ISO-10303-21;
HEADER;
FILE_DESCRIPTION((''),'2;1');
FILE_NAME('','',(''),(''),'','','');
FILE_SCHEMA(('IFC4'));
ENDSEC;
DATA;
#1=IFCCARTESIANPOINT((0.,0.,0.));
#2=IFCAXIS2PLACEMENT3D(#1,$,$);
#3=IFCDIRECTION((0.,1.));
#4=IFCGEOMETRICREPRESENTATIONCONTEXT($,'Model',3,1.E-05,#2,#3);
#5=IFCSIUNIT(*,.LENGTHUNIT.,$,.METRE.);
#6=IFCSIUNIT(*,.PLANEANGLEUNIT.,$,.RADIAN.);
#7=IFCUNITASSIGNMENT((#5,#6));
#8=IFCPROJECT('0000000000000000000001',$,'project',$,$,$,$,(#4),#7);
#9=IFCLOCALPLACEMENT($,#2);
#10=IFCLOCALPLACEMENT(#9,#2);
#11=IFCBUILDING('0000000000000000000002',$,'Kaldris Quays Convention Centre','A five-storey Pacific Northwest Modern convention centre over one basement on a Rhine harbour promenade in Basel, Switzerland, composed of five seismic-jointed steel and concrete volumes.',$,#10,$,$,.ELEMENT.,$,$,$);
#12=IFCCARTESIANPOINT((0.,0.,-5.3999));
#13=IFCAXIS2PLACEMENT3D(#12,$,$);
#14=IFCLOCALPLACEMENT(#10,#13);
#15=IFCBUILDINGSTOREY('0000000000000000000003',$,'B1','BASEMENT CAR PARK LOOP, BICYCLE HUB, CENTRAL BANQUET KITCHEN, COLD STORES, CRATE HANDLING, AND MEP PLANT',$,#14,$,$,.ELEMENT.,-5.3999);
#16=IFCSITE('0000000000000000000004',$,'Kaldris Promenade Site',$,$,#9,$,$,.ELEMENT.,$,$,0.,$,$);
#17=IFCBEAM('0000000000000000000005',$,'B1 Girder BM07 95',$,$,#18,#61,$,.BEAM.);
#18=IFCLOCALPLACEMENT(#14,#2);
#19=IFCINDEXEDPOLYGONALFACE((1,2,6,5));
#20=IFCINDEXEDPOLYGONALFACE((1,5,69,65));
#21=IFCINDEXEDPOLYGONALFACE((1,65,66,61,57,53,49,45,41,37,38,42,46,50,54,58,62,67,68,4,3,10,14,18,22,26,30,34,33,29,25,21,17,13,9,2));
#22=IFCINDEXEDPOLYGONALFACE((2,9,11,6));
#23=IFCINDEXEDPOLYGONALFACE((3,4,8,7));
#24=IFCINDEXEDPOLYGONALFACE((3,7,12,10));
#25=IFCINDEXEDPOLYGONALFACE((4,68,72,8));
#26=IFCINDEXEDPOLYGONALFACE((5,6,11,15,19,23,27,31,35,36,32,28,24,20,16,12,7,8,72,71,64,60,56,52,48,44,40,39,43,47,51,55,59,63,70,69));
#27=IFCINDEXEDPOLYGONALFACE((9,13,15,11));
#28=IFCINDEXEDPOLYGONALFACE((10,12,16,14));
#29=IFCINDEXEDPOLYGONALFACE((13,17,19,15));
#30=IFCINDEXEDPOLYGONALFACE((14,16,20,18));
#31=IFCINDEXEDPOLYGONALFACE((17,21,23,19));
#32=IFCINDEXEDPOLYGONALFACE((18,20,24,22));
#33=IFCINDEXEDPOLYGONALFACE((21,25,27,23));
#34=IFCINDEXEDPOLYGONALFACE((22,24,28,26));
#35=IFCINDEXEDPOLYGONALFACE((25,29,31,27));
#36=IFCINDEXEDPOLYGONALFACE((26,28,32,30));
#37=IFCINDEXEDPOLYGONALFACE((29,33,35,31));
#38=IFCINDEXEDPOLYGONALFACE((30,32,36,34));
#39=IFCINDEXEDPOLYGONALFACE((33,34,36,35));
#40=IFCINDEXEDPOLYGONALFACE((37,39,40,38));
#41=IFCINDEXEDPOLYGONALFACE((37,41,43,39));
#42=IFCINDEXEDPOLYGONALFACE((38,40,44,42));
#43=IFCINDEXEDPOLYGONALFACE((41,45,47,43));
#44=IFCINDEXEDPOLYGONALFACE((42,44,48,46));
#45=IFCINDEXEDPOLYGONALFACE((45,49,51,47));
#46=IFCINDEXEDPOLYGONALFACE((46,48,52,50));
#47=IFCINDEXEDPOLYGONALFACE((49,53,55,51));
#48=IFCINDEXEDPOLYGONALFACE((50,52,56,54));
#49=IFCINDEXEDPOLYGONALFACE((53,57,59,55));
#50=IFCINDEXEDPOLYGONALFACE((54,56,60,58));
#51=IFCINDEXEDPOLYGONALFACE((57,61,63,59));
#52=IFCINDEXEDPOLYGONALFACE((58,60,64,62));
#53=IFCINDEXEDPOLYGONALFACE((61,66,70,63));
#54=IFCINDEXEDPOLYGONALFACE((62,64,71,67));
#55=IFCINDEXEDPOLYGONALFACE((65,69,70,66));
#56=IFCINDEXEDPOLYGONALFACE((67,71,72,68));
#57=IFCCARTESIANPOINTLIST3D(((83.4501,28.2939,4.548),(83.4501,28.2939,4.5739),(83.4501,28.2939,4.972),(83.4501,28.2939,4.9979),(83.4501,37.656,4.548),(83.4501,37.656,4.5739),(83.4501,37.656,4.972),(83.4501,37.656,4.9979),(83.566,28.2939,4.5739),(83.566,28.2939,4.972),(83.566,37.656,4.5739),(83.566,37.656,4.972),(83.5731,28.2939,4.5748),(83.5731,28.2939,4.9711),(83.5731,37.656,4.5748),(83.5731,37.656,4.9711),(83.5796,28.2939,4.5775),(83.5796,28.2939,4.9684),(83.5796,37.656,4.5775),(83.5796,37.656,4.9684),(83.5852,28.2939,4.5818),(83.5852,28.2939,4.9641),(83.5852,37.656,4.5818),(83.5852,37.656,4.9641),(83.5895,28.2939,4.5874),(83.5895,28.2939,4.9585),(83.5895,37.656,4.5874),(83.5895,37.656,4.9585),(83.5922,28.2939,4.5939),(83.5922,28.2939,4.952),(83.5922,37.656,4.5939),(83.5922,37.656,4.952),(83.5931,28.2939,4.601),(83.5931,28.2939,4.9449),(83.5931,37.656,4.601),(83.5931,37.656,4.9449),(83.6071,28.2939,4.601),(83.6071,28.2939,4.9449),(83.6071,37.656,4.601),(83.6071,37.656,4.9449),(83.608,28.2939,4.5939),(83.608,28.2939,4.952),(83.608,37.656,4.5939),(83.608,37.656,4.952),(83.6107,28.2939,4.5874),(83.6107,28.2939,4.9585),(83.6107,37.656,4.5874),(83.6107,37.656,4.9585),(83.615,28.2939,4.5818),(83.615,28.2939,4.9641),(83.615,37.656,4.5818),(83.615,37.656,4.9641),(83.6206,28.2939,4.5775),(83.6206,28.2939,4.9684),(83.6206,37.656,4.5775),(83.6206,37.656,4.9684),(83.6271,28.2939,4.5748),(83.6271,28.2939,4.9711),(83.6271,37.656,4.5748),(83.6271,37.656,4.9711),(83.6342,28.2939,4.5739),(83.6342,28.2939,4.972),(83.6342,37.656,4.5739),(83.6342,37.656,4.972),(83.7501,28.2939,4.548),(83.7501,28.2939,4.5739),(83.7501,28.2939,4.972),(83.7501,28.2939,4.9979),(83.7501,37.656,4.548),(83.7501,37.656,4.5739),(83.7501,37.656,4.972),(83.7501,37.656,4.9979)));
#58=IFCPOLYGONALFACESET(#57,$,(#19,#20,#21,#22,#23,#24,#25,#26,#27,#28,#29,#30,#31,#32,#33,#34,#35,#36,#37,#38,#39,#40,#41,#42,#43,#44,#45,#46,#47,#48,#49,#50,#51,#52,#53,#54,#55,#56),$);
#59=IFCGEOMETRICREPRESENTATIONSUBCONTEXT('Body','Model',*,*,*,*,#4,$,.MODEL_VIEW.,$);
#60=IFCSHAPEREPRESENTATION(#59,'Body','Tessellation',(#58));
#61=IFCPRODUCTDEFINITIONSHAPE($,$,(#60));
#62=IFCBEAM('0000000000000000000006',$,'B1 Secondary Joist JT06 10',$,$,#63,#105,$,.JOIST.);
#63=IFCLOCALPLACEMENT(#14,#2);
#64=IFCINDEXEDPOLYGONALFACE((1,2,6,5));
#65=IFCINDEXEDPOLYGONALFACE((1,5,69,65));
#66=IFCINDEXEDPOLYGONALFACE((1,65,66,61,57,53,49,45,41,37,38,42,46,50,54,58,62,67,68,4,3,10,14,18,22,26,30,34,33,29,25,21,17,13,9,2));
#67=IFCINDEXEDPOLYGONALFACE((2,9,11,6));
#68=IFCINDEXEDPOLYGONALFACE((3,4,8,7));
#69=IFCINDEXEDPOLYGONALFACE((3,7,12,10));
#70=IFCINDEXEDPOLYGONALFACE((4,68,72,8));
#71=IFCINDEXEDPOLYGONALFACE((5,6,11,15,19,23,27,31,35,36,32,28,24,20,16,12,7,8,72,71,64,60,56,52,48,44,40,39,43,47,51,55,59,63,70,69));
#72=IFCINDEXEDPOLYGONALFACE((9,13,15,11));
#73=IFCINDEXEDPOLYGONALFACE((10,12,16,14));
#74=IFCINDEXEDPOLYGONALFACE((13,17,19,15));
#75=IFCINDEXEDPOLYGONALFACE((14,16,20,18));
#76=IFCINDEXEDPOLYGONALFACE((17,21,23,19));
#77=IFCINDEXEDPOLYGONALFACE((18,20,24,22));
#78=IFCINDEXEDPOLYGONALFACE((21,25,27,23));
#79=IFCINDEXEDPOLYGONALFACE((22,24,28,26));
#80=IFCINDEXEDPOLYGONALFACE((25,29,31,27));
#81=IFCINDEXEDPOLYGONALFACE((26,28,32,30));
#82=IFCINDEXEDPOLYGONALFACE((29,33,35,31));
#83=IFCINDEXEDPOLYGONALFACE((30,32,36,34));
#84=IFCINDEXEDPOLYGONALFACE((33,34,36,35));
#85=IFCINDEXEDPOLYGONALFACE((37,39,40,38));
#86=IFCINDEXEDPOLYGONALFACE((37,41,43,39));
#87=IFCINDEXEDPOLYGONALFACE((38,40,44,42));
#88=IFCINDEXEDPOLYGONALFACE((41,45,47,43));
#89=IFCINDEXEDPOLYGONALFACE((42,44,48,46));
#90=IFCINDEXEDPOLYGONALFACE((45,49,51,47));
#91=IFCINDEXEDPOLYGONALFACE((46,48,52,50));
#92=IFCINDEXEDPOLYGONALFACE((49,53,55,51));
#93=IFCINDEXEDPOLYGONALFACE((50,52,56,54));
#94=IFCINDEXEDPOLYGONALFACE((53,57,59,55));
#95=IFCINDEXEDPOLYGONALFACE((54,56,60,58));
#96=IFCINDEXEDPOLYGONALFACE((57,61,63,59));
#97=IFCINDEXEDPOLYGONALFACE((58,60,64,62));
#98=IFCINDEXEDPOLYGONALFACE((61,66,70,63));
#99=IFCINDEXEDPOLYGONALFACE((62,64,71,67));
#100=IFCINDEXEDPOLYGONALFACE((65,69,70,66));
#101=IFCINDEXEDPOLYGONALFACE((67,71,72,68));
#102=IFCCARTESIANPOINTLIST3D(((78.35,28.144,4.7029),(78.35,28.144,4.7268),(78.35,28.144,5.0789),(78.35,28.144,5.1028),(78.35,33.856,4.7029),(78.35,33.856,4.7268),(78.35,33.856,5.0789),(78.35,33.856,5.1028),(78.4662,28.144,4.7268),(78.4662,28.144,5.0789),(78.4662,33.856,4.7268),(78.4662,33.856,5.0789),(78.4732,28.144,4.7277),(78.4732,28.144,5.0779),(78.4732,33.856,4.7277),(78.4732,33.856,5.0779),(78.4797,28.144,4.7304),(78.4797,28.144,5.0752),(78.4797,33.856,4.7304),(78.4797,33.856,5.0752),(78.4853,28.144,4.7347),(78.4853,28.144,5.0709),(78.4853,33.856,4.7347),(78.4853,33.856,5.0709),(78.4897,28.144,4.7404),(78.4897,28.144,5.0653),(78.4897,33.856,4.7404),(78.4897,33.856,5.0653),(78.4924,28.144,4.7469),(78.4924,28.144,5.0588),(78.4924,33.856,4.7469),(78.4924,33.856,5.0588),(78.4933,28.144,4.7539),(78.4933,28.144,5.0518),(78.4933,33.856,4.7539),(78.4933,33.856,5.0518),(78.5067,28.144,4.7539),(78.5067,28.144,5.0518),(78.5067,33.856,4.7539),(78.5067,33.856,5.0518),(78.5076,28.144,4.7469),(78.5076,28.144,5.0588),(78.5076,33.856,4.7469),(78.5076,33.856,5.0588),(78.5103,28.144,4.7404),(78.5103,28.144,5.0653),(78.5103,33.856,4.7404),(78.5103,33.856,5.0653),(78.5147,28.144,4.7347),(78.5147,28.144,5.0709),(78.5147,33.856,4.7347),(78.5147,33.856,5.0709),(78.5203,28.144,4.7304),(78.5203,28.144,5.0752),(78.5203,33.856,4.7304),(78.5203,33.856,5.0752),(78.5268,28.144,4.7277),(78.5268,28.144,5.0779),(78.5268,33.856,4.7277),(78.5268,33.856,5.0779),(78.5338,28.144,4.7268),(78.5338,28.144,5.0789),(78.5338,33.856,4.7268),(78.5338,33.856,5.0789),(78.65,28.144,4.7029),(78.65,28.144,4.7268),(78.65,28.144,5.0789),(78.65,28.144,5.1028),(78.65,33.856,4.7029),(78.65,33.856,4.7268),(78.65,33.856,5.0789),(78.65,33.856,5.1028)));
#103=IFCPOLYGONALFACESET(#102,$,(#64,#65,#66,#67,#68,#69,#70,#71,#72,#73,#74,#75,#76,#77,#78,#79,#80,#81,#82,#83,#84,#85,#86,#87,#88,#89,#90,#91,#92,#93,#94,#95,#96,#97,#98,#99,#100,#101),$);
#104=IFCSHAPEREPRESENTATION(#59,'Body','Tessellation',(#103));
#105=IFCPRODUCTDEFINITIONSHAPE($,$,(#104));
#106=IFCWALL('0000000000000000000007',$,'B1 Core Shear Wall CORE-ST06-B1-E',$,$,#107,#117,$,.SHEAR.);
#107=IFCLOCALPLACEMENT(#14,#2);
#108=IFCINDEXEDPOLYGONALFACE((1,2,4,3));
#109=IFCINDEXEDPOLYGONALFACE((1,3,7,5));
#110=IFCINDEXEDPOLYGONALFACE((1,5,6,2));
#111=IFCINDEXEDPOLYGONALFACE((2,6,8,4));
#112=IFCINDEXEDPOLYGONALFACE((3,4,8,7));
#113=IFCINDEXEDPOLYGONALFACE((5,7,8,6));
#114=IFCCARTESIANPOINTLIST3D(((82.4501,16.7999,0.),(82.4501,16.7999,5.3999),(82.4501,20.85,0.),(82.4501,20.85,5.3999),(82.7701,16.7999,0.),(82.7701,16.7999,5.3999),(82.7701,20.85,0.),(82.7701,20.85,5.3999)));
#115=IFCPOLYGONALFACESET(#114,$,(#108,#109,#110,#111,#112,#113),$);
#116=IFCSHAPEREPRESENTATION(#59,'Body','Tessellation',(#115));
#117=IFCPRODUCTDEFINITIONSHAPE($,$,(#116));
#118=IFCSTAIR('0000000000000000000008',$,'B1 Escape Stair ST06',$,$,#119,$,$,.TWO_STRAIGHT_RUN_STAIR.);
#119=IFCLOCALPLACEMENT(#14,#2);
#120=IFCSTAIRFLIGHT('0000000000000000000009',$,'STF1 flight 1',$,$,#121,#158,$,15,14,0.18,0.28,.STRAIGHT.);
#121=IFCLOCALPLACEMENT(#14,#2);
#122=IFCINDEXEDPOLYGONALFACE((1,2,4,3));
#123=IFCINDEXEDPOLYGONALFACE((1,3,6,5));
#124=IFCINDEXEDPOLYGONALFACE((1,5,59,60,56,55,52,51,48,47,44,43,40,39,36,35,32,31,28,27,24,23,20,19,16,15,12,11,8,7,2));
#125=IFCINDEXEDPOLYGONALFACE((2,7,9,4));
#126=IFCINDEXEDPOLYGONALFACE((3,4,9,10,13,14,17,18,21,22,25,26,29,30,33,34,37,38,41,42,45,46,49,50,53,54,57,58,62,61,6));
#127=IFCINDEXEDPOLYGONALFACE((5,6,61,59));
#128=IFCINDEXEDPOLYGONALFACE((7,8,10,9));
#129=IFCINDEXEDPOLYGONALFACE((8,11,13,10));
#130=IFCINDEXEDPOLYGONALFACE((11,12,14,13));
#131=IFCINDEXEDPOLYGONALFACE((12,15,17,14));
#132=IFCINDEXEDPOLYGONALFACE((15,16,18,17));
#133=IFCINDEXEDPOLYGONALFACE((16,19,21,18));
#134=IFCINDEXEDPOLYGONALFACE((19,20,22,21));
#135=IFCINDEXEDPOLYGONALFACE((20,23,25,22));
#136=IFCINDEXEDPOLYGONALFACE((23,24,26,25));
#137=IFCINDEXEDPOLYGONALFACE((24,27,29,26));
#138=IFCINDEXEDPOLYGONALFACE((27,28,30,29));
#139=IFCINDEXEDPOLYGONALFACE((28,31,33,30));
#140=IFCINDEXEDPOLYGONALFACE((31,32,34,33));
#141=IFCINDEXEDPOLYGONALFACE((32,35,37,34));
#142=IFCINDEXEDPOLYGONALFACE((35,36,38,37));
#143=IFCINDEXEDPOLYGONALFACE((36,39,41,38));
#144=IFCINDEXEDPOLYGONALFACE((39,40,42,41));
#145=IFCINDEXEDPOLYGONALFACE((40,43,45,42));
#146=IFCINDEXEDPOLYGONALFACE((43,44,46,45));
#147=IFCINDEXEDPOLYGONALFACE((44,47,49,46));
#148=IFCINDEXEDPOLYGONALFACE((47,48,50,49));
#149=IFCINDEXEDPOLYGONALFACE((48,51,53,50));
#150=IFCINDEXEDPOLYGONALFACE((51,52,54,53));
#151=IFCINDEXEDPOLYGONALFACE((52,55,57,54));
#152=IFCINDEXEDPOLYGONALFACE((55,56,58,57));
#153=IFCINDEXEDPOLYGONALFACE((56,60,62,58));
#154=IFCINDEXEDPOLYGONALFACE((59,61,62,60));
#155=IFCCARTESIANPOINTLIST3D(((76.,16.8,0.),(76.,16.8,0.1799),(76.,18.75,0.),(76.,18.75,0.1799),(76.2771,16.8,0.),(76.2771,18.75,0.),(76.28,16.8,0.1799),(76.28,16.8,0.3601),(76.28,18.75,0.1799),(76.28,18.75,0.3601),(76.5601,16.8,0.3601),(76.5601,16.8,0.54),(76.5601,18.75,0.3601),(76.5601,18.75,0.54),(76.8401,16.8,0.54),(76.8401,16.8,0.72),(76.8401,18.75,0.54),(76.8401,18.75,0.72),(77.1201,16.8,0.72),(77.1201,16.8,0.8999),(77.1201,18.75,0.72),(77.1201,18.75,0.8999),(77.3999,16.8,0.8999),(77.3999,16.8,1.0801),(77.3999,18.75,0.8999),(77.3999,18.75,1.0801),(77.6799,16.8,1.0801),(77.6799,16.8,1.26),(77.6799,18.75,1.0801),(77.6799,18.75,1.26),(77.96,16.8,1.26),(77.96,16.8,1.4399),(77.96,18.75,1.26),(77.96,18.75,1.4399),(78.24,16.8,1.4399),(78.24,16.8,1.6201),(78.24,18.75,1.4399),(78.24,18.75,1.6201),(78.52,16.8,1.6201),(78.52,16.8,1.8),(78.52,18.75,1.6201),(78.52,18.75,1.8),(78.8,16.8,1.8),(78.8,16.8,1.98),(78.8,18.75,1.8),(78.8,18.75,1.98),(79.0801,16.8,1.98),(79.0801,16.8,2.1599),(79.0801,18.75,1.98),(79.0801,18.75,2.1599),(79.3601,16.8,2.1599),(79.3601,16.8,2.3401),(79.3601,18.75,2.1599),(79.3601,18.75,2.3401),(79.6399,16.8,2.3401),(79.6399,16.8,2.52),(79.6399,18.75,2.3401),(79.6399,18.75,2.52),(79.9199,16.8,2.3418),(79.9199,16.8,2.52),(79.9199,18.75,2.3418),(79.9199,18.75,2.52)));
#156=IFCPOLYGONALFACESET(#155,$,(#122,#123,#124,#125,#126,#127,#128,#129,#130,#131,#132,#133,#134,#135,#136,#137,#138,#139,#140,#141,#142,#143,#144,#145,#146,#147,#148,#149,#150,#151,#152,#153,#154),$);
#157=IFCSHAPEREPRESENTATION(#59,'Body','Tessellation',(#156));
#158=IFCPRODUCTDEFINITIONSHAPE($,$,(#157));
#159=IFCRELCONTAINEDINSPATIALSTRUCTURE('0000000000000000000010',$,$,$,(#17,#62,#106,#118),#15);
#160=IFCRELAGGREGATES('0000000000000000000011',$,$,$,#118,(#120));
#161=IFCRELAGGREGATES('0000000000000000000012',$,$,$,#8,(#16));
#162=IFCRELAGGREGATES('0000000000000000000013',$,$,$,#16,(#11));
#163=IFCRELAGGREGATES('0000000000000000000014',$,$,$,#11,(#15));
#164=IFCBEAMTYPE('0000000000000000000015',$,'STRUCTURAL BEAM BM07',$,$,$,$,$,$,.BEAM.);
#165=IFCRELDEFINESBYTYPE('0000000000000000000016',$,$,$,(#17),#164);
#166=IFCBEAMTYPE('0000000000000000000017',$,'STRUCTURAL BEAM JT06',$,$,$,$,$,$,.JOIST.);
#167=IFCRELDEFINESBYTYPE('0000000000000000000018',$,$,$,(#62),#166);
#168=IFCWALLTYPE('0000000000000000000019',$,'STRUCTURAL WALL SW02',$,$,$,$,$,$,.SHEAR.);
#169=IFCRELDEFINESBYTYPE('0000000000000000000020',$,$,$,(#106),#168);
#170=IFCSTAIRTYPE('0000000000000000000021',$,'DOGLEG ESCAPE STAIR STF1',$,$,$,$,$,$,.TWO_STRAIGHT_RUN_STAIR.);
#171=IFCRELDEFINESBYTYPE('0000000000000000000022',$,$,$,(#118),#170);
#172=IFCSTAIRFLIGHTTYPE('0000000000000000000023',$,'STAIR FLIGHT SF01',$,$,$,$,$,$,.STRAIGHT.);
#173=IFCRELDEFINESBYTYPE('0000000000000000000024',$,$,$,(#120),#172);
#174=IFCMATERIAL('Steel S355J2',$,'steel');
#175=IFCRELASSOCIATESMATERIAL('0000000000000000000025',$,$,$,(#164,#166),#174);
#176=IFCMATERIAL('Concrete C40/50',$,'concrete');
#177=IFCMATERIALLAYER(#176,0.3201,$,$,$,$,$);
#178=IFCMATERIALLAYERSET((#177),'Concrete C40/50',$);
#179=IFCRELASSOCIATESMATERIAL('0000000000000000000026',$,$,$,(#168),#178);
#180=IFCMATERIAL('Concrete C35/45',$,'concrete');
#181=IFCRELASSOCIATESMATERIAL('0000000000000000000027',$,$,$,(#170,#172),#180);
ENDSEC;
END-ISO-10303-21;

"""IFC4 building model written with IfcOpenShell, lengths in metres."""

from ifc_helpers import new_model, si_unit, direction, frame, frame_2d, origin, origin_2d, place, context, subcontext, project, spatial, polyline, rectangle, i_section, outline, extrude, material, layer, layer_set, material_profile, profile_set, type_object, element, aggregate, save


model = new_model("IFC4")

# Units and contexts
model_context = context("Model", 3, precision=1e-05, world=origin(), true_north=direction((0.0, 1.0)))
body_context = subcontext(model_context, "Body", "Model", "MODEL_VIEW")
ifc_project = project(units=[si_unit("LENGTHUNIT", "METRE"), si_unit("PLANEANGLEUNIT", "RADIAN")], contexts=[model_context])

# Site, building, storey
site_placement = place(None, origin())
site = spatial("IfcSite", under=ifc_project, at=site_placement, Name="Kaldris Promenade Site", CompositionType="ELEMENT", RefElevation=0.0)
building_placement = place(site_placement, origin())
building = spatial("IfcBuilding", under=site, at=building_placement, Name="Kaldris Quays Convention Centre", Description="A five-storey Pacific Northwest Modern convention centre over one basement on a Rhine harbour promenade in Basel, Switzerland, composed of five seismic-jointed steel and concrete volumes.", CompositionType="ELEMENT")
storey_placement = place(building_placement, frame((0.0, 0.0, -5.3999)))
storey = spatial("IfcBuildingStorey", under=building, at=storey_placement, Name="B1", Description="BASEMENT CAR PARK LOOP, BICYCLE HUB, CENTRAL BANQUET KITCHEN, COLD STORES, CRATE HANDLING, AND MEP PLANT", CompositionType="ELEMENT", Elevation=-5.3999)

# Shared definitions
ifc_material_1 = material(Name="Concrete C35/45", Category="concrete")

# Shared definitions
ifc_material_2 = material(Name="Concrete C40/50", Category="concrete")

# Beams
ifc_material_3 = material(Name="Steel S355J2", Category="steel")
ifc_material_profile_1 = material_profile(ifc_material_3, i_section(OverallWidth=0.3, OverallDepth=0.45, WebThickness=0.0139, FlangeThickness=0.0259, FilletRadius=0.0271, at=origin_2d()), Name="HEB 450")
ifc_profile_set_1 = profile_set([ifc_material_profile_1], Name="Steel S355J2")
beam_type_1 = type_object("IfcBeamType", Name="STRUCTURAL BEAM BM07", PredefinedType="BEAM", material=ifc_profile_set_1)
beam_1_placement = place(storey_placement, frame((83.6001, 28.2939, 4.7729), z_axis=(0.0, 1.0, 0.0), x_axis=(-1.0, 0.0, 0.0)))
element("IfcBeam", 1, at=beam_1_placement, inside=storey, type_object=beam_type_1, Name="B1 Girder BM07 95", PredefinedType="BEAM", context=body_context, shape_type="SweptSolid", body=[
    extrude(i_section(OverallWidth=0.3, OverallDepth=0.45, WebThickness=0.0139, FlangeThickness=0.0259, FilletRadius=0.0271, at=origin_2d()), origin(), (0.0, 0.0, 1.0), 9.3621),
])
ifc_material_profile_2 = material_profile(ifc_material_3, i_section(OverallWidth=0.3, OverallDepth=0.3999, WebThickness=0.0134, FlangeThickness=0.0239, FilletRadius=0.0271, at=origin_2d()), Name="HEB 400")
ifc_profile_set_2 = profile_set([ifc_material_profile_2], Name="Steel S355J2")
beam_type_2 = type_object("IfcBeamType", Name="STRUCTURAL BEAM JT06", PredefinedType="JOIST", material=ifc_profile_set_2)
beam_2_placement = place(storey_placement, frame((78.5, 28.144, 4.9028), z_axis=(0.0, 1.0, 0.0), x_axis=(-1.0, 0.0, 0.0)))
element("IfcBeam", 2, at=beam_2_placement, inside=storey, type_object=beam_type_2, Name="B1 Secondary Joist JT06 10", PredefinedType="JOIST", context=body_context, shape_type="SweptSolid", body=[
    extrude(i_section(OverallWidth=0.3, OverallDepth=0.3999, WebThickness=0.0134, FlangeThickness=0.0239, FilletRadius=0.0271, at=origin_2d()), origin(), (0.0, 0.0, 1.0), 5.7119),
])

# Wall
ifc_layer = layer(ifc_material_2, 0.3201)
ifc_layer_set = layer_set([ifc_layer], Name="Concrete C40/50")
wall_type = type_object("IfcWallType", Name="STRUCTURAL WALL SW02", PredefinedType="SHEAR", material=ifc_layer_set)
wall_placement = place(storey_placement, frame((82.6101, 16.8, 0.0), z_axis=(0.0, 0.0, 1.0), x_axis=(0.0, 1.0, 0.0)))
element("IfcWall", 3, at=wall_placement, inside=storey, type_object=wall_type, Name="B1 Core Shear Wall CORE-ST06-B1-E", PredefinedType="SHEAR", context=body_context, shape_type="SweptSolid", body=[
    extrude(rectangle(XDim=4.05, YDim=0.3201, at=frame_2d((2.0249, 0.0))), origin(), (0.0, 0.0, 1.0), 5.3999),
])

# Stair, stair flight
stair_type = type_object("IfcStairType", Name="DOGLEG ESCAPE STAIR STF1", PredefinedType="TWO_STRAIGHT_RUN_STAIR", material=ifc_material_1)
stair_placement = place(storey_placement, origin())
stair = element("IfcStair", 4, at=stair_placement, inside=storey, type_object=stair_type, Name="B1 Escape Stair ST06", PredefinedType="TWO_STRAIGHT_RUN_STAIR")
stair_flight_type = type_object("IfcStairFlightType", Name="STAIR FLIGHT SF01", PredefinedType="STRAIGHT", material=ifc_material_1)
stair_flight_1_placement = place(storey_placement, frame((76.0, 17.7749, 0.0), z_axis=(0.0, 0.0, 1.0), x_axis=(1.0, 0.0, 0.0)))
stair_flight_1 = element("IfcStairFlight", 5, at=stair_flight_1_placement, type_object=stair_flight_type, Name="STF1 flight 1", NumberOfRisers=15, NumberOfTreads=14, PredefinedType="STRAIGHT", RiserHeight=0.18, TreadLength=0.28, context=body_context, shape_type="SweptSolid", body=[
    extrude(outline(polyline([(0.0, 0.0), (0.0, 0.1799), (0.28, 0.1799), (0.28, 0.3601), (0.5601, 0.3601), (0.5601, 0.54), (0.8401, 0.54), (0.8401, 0.72), (1.1201, 0.72), (1.1201, 0.8999), (1.3999, 0.8999), (1.3999, 1.0801), (1.6799, 1.0801), (1.6799, 1.26), (1.96, 1.26), (1.96, 1.4399), (2.24, 1.4399), (2.24, 1.6201), (2.52, 1.6201), (2.52, 1.8), (2.8, 1.8), (2.8, 1.98), (3.0801, 1.98), (3.0801, 2.1599), (3.3601, 2.1599), (3.3601, 2.3401), (3.6399, 2.3401), (3.6399, 2.52), (3.9199, 2.52), (3.9199, 2.7), (3.9199, 2.3418), (0.2771, 0.0), (0.0, 0.0)])), frame((0.0, 0.9751, 0.0), z_axis=(0.0, -1.0, 0.0), x_axis=(1.0, 0.0, 0.0)), (0.0, 0.0, 1.0), 1.95),
])
aggregate(stair, [stair_flight_1])

save(model, "model.ifc")
